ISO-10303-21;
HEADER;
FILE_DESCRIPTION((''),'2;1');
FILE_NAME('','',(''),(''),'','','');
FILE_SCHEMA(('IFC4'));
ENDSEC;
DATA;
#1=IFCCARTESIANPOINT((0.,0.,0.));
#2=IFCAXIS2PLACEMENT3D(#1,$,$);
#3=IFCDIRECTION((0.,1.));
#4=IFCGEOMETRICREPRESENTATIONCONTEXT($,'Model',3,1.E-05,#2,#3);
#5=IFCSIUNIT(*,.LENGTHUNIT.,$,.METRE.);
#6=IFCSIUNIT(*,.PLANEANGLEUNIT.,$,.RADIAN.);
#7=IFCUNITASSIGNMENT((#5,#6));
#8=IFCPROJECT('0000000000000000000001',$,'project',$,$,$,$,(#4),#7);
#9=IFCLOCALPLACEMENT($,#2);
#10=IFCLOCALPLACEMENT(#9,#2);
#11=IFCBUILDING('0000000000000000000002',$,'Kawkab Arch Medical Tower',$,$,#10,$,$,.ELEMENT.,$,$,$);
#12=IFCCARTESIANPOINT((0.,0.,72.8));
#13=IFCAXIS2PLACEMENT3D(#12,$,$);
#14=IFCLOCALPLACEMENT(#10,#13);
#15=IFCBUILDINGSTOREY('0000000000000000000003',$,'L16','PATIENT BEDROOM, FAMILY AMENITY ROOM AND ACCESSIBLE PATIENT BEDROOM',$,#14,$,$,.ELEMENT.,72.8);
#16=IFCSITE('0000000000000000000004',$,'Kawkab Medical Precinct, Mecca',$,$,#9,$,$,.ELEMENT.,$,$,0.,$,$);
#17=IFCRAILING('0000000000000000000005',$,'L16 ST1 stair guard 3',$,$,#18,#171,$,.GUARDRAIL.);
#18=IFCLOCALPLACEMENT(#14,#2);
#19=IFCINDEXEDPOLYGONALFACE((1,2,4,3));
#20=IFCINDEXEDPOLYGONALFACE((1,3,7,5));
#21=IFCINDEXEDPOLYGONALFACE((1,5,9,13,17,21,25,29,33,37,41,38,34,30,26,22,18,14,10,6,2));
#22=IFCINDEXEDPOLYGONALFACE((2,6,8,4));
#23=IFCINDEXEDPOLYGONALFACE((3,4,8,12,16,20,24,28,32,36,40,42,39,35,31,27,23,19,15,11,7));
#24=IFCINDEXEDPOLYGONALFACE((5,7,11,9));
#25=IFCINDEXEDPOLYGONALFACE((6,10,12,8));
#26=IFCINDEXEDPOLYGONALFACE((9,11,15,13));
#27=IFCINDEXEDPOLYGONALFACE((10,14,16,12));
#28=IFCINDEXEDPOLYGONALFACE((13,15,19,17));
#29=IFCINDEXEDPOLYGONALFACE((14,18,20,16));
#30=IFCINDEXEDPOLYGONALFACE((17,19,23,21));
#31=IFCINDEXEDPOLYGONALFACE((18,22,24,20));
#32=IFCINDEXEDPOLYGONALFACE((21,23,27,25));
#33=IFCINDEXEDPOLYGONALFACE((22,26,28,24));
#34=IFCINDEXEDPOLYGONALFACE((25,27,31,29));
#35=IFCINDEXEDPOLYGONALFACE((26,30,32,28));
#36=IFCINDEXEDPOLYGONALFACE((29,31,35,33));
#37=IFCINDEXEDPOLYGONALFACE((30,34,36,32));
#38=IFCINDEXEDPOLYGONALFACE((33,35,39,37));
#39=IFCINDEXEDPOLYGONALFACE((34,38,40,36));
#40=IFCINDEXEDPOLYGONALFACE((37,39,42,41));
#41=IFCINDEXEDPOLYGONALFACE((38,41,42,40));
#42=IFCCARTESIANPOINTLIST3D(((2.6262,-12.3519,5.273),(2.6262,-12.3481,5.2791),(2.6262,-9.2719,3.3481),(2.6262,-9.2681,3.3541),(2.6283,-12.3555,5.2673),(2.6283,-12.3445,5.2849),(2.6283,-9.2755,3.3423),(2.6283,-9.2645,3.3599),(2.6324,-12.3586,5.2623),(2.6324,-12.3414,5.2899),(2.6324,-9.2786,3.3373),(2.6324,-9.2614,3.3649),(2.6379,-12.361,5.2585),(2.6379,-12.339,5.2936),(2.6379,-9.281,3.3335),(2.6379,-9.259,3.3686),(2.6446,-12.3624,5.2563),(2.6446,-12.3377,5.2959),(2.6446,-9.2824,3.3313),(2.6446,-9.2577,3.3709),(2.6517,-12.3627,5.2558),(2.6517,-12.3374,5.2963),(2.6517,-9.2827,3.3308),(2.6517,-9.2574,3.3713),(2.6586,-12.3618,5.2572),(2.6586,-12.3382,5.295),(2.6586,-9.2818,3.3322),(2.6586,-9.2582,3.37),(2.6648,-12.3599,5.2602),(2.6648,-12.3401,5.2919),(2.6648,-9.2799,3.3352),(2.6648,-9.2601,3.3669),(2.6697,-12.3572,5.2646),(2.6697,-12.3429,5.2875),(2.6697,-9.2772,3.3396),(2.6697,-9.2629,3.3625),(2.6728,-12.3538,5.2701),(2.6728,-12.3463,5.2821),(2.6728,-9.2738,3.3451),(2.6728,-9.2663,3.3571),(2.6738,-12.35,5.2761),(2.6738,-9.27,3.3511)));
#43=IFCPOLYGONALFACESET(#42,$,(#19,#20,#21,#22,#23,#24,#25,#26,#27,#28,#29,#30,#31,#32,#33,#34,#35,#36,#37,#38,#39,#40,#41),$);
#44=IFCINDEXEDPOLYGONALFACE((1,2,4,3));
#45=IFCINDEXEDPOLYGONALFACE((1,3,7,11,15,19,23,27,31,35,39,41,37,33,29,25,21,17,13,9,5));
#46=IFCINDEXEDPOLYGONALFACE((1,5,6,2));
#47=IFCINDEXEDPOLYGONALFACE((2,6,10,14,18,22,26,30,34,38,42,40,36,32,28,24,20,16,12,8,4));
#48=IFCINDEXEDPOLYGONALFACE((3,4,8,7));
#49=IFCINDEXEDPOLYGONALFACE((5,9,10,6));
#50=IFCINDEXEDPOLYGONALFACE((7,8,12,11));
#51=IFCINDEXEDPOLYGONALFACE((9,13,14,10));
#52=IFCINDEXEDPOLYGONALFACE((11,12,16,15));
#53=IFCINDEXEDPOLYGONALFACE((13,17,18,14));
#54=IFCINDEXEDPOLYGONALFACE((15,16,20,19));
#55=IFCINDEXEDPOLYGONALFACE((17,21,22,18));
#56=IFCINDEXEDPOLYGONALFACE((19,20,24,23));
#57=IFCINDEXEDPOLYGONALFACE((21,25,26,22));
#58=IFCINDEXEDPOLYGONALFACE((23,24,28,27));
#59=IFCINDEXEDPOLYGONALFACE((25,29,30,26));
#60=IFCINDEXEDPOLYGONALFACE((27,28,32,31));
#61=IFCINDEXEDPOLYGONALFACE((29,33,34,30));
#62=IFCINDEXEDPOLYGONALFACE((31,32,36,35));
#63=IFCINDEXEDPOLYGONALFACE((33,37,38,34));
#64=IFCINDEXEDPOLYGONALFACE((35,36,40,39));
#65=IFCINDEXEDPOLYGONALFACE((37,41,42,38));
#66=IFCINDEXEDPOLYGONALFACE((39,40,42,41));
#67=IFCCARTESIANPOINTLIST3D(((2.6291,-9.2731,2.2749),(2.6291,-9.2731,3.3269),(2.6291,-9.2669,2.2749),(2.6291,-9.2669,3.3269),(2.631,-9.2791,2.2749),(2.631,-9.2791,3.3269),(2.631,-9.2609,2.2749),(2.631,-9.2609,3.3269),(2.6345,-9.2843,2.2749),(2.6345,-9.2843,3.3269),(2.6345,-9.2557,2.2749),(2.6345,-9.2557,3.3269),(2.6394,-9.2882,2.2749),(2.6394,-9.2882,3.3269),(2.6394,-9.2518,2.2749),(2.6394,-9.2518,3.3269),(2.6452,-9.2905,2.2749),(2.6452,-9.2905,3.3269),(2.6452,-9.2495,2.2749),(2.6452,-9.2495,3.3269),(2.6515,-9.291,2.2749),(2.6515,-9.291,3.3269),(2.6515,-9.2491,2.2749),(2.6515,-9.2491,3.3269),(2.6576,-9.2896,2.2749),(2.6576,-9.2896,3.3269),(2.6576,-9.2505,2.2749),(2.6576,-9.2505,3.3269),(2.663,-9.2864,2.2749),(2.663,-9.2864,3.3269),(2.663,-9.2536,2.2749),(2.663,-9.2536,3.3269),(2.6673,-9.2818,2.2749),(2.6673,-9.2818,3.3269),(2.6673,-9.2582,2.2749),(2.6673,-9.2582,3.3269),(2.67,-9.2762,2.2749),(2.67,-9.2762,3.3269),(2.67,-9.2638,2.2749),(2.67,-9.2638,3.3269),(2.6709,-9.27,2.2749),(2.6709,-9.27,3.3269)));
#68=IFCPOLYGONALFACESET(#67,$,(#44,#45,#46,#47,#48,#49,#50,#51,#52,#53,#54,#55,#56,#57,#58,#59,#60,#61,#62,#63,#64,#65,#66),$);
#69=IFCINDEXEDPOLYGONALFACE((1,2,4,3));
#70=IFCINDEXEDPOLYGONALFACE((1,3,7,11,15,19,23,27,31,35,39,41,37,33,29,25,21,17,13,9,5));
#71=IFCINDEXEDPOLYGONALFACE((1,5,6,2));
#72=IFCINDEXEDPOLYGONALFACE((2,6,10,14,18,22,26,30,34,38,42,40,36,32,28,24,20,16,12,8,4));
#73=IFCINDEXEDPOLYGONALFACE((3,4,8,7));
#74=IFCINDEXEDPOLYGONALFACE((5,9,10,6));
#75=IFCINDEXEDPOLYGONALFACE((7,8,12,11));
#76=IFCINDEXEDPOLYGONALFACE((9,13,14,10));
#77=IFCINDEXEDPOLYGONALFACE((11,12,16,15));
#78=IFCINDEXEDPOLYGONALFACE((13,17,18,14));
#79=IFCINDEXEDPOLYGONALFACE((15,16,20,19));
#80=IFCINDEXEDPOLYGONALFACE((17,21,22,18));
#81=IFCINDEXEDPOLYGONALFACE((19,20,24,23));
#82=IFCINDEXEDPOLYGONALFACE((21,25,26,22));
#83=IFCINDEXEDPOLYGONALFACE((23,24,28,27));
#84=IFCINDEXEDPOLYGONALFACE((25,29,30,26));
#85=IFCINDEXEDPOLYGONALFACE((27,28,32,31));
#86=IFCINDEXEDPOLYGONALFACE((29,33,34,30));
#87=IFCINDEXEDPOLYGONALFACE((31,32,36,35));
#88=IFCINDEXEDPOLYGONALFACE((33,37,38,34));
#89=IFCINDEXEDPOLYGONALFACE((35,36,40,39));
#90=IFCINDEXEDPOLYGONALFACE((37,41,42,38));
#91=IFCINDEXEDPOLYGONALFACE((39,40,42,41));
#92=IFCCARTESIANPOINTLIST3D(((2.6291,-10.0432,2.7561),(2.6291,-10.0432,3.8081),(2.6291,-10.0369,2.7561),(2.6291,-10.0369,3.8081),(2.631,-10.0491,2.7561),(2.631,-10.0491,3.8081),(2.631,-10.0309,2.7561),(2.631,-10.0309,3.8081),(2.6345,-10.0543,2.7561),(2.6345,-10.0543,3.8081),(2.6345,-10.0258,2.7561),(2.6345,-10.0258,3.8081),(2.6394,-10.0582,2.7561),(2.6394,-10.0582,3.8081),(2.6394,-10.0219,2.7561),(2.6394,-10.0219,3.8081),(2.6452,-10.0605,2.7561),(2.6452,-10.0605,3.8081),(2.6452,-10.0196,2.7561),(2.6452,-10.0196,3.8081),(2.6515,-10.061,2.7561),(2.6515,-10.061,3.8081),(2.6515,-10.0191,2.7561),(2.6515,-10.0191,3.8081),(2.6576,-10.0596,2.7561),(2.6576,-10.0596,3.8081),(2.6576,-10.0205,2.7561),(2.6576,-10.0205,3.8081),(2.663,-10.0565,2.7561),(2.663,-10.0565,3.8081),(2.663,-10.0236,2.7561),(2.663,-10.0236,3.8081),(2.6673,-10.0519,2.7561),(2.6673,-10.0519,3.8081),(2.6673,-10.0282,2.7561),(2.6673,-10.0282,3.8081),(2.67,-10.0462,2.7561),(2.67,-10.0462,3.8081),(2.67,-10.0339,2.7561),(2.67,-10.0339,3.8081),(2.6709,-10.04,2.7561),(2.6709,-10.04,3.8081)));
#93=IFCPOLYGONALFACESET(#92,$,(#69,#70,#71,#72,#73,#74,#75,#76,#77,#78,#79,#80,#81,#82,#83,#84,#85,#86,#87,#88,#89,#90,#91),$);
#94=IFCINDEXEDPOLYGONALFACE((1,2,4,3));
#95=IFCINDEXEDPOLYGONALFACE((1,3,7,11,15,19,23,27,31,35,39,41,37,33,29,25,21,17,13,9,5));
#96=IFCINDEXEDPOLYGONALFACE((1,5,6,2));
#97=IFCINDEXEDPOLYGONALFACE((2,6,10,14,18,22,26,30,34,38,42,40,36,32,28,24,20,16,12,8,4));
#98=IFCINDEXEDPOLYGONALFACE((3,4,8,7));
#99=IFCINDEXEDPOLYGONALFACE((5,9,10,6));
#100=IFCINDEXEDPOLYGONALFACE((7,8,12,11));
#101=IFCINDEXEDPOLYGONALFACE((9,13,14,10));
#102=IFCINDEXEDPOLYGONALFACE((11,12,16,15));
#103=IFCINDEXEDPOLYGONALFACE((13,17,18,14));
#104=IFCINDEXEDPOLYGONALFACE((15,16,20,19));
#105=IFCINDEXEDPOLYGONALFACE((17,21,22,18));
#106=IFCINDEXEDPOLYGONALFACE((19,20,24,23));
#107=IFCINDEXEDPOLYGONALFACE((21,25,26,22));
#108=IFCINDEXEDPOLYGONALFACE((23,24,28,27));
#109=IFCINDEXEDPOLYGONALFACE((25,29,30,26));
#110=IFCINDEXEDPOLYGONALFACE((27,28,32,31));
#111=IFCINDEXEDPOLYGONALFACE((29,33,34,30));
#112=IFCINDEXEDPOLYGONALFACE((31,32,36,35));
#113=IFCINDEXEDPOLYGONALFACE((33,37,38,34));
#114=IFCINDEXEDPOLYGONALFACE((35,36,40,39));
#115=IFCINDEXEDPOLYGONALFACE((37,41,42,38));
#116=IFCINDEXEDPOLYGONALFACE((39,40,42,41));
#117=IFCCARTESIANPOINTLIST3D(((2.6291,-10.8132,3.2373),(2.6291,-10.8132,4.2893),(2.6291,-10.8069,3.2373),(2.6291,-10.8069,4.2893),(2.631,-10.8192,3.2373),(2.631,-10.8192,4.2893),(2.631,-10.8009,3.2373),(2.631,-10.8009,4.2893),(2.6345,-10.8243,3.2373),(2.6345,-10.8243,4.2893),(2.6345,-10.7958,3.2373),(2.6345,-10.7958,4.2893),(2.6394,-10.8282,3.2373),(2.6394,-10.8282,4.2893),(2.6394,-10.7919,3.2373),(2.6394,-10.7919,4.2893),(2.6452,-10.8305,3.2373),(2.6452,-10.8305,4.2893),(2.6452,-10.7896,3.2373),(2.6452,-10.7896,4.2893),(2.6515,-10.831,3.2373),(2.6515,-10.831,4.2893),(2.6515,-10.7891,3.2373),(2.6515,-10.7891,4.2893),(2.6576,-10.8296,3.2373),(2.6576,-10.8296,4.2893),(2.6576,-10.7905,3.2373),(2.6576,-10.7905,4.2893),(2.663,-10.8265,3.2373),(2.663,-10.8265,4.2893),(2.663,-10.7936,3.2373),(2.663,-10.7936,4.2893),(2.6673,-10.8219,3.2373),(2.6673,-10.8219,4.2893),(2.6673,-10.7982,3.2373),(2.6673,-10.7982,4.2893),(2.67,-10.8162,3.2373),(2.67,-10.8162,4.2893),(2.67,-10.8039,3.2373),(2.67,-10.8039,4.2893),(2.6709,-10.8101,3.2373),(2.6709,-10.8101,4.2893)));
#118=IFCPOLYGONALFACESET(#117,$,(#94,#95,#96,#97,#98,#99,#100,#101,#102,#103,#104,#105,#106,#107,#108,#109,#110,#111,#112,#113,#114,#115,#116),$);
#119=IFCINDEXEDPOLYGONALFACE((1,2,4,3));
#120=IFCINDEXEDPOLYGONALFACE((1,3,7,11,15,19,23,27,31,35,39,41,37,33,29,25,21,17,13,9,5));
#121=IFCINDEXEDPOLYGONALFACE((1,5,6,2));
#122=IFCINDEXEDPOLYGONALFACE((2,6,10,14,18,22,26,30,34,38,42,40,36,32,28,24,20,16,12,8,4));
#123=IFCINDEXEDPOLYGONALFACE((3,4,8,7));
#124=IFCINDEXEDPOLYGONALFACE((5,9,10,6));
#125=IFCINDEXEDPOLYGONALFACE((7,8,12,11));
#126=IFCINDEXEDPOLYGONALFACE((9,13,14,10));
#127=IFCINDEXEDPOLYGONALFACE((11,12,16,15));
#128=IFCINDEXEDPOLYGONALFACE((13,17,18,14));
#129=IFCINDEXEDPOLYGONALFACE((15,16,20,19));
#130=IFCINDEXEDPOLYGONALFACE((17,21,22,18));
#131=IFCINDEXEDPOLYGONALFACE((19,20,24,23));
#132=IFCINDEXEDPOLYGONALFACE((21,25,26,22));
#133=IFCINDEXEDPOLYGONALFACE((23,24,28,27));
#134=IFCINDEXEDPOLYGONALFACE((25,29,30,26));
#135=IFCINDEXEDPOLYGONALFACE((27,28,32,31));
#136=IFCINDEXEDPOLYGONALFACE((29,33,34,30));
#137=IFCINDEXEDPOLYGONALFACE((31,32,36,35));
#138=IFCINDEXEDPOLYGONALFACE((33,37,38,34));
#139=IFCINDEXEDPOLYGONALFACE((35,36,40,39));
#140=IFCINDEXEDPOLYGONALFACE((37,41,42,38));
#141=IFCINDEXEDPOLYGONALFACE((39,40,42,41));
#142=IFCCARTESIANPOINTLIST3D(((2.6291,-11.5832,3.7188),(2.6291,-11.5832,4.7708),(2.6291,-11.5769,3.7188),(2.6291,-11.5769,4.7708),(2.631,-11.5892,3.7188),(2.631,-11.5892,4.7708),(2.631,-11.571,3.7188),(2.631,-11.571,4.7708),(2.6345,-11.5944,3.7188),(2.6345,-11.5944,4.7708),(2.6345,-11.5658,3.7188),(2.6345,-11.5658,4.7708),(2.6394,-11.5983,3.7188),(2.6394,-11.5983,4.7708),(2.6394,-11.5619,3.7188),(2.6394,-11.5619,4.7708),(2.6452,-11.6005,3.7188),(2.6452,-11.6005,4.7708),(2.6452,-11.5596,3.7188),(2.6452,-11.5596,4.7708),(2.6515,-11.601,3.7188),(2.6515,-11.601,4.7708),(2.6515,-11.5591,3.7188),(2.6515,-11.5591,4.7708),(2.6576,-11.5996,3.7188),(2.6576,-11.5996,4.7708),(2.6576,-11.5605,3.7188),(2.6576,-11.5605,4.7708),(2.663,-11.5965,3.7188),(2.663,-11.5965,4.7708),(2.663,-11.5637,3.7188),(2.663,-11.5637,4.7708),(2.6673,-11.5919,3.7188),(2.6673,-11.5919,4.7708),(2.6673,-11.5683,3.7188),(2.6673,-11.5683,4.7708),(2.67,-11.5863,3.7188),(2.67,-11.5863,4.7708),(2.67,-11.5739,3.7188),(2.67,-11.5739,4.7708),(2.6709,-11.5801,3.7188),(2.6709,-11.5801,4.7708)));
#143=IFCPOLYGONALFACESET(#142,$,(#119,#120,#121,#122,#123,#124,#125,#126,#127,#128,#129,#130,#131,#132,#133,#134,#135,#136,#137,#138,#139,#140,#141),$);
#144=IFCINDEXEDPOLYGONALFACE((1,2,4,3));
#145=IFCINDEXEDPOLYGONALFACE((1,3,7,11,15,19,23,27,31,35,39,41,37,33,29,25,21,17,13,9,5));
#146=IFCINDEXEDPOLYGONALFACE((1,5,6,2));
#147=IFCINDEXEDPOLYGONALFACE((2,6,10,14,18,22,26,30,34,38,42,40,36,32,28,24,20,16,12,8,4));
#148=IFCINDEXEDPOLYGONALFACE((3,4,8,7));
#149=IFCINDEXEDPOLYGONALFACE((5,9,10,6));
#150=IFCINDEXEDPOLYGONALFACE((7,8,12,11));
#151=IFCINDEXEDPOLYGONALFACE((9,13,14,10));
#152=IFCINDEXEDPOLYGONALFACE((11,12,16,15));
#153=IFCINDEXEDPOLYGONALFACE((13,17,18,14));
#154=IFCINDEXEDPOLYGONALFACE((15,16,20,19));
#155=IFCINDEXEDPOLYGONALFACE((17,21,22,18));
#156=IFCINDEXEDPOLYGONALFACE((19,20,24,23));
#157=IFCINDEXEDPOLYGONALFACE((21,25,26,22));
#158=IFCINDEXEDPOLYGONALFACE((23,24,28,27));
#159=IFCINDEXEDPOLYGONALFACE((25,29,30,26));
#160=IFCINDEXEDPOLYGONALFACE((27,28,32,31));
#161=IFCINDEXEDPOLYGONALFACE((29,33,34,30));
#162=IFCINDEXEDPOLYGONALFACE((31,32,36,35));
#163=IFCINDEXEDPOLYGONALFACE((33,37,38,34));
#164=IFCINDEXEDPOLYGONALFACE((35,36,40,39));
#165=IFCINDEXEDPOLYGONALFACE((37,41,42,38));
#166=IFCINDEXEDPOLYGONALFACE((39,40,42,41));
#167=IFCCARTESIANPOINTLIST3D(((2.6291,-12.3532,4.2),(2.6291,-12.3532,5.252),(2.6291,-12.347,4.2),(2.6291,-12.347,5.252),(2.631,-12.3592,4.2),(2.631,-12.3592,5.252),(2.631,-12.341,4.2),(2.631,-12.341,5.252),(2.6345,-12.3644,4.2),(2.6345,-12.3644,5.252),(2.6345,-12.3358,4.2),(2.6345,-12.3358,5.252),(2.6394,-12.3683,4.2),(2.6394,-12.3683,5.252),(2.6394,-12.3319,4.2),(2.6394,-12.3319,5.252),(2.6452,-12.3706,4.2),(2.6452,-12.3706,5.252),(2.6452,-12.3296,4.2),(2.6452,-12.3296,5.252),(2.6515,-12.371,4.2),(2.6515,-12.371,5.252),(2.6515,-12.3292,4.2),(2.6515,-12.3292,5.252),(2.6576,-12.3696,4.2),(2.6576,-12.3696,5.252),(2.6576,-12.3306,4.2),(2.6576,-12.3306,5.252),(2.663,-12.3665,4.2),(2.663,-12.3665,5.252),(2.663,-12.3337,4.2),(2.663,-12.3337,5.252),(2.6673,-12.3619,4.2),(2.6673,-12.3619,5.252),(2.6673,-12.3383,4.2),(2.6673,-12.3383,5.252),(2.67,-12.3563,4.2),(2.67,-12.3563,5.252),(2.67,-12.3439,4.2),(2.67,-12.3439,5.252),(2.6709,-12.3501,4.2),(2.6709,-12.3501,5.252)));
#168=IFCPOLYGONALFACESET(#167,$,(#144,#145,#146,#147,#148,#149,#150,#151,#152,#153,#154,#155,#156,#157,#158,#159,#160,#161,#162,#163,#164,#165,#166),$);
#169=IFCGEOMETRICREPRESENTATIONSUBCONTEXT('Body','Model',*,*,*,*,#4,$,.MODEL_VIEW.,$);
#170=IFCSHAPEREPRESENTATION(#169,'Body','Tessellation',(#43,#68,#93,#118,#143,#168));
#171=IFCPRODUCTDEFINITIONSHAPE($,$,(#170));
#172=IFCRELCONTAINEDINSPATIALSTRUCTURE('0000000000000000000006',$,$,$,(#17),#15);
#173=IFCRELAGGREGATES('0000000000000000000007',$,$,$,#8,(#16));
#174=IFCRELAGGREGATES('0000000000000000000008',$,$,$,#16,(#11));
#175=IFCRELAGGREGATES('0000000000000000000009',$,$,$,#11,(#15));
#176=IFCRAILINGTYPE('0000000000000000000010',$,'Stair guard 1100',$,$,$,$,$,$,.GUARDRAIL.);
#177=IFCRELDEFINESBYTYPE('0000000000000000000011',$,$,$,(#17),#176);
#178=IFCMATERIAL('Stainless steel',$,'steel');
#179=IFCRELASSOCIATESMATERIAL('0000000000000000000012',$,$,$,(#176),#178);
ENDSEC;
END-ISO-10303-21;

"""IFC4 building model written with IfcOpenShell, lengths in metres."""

from ifc_helpers import new_model, si_unit, direction, frame, origin, origin_2d, place, context, subcontext, project, spatial, circle, extrude, material, type_object, element, save


model = new_model("IFC4")

# Units and contexts
model_context = context("Model", 3, precision=1e-05, world=origin(), true_north=direction((0.0, 1.0)))
body_context = subcontext(model_context, "Body", "Model", "MODEL_VIEW")
ifc_project = project(units=[si_unit("LENGTHUNIT", "METRE"), si_unit("PLANEANGLEUNIT", "RADIAN")], contexts=[model_context])

# Site, building, storey
site_placement = place(None, origin())
site = spatial("IfcSite", under=ifc_project, at=site_placement, Name="Kawkab Medical Precinct, Mecca", CompositionType="ELEMENT", RefElevation=0.0)
building_placement = place(site_placement, origin())
building = spatial("IfcBuilding", under=site, at=building_placement, Name="Kawkab Arch Medical Tower", CompositionType="ELEMENT")
storey_placement = place(building_placement, frame((0.0, 0.0, 72.8)))
storey = spatial("IfcBuildingStorey", under=building, at=storey_placement, Name="L16", Description="PATIENT BEDROOM, FAMILY AMENITY ROOM AND ACCESSIBLE PATIENT BEDROOM", CompositionType="ELEMENT", Elevation=72.8)

# Railing
ifc_material_1 = material(Name="Stainless steel", Category="steel")
railing_type_1 = type_object("IfcRailingType", Name="Stair guard 1100", PredefinedType="GUARDRAIL", material=ifc_material_1)
railing_1_placement = place(storey_placement, frame((2.6499, -9.27, 2.2749)))
element("IfcRailing", 1, at=railing_1_placement, inside=storey, type_object=railing_type_1, Name="L16 ST1 stair guard 3", PredefinedType="GUARDRAIL", context=body_context, shape_type="SweptSolid", body=[
    extrude(circle(Radius=0.0239, at=origin_2d()), frame((0.0, 0.0, 1.0762), z_axis=(0.0, -0.847998, 0.529999), x_axis=(1.0, 0.0, 0.0)), (0.0, 0.0, 1.0), 3.6321),
    extrude(circle(Radius=0.021, at=origin_2d()), origin(), (0.0, 0.0, 1.0), 1.052),
    extrude(circle(Radius=0.021, at=origin_2d()), frame((0.0, -0.77, 0.4812)), (0.0, 0.0, 1.0), 1.052),
    extrude(circle(Radius=0.021, at=origin_2d()), frame((0.0, -1.54, 0.9624)), (0.0, 0.0, 1.0), 1.052),
    extrude(circle(Radius=0.021, at=origin_2d()), frame((0.0, -2.3101, 1.4438)), (0.0, 0.0, 1.0), 1.052),
    extrude(circle(Radius=0.021, at=origin_2d()), frame((0.0, -3.0801, 1.925)), (0.0, 0.0, 1.0), 1.052),
])

save(model, "model.ifc")
